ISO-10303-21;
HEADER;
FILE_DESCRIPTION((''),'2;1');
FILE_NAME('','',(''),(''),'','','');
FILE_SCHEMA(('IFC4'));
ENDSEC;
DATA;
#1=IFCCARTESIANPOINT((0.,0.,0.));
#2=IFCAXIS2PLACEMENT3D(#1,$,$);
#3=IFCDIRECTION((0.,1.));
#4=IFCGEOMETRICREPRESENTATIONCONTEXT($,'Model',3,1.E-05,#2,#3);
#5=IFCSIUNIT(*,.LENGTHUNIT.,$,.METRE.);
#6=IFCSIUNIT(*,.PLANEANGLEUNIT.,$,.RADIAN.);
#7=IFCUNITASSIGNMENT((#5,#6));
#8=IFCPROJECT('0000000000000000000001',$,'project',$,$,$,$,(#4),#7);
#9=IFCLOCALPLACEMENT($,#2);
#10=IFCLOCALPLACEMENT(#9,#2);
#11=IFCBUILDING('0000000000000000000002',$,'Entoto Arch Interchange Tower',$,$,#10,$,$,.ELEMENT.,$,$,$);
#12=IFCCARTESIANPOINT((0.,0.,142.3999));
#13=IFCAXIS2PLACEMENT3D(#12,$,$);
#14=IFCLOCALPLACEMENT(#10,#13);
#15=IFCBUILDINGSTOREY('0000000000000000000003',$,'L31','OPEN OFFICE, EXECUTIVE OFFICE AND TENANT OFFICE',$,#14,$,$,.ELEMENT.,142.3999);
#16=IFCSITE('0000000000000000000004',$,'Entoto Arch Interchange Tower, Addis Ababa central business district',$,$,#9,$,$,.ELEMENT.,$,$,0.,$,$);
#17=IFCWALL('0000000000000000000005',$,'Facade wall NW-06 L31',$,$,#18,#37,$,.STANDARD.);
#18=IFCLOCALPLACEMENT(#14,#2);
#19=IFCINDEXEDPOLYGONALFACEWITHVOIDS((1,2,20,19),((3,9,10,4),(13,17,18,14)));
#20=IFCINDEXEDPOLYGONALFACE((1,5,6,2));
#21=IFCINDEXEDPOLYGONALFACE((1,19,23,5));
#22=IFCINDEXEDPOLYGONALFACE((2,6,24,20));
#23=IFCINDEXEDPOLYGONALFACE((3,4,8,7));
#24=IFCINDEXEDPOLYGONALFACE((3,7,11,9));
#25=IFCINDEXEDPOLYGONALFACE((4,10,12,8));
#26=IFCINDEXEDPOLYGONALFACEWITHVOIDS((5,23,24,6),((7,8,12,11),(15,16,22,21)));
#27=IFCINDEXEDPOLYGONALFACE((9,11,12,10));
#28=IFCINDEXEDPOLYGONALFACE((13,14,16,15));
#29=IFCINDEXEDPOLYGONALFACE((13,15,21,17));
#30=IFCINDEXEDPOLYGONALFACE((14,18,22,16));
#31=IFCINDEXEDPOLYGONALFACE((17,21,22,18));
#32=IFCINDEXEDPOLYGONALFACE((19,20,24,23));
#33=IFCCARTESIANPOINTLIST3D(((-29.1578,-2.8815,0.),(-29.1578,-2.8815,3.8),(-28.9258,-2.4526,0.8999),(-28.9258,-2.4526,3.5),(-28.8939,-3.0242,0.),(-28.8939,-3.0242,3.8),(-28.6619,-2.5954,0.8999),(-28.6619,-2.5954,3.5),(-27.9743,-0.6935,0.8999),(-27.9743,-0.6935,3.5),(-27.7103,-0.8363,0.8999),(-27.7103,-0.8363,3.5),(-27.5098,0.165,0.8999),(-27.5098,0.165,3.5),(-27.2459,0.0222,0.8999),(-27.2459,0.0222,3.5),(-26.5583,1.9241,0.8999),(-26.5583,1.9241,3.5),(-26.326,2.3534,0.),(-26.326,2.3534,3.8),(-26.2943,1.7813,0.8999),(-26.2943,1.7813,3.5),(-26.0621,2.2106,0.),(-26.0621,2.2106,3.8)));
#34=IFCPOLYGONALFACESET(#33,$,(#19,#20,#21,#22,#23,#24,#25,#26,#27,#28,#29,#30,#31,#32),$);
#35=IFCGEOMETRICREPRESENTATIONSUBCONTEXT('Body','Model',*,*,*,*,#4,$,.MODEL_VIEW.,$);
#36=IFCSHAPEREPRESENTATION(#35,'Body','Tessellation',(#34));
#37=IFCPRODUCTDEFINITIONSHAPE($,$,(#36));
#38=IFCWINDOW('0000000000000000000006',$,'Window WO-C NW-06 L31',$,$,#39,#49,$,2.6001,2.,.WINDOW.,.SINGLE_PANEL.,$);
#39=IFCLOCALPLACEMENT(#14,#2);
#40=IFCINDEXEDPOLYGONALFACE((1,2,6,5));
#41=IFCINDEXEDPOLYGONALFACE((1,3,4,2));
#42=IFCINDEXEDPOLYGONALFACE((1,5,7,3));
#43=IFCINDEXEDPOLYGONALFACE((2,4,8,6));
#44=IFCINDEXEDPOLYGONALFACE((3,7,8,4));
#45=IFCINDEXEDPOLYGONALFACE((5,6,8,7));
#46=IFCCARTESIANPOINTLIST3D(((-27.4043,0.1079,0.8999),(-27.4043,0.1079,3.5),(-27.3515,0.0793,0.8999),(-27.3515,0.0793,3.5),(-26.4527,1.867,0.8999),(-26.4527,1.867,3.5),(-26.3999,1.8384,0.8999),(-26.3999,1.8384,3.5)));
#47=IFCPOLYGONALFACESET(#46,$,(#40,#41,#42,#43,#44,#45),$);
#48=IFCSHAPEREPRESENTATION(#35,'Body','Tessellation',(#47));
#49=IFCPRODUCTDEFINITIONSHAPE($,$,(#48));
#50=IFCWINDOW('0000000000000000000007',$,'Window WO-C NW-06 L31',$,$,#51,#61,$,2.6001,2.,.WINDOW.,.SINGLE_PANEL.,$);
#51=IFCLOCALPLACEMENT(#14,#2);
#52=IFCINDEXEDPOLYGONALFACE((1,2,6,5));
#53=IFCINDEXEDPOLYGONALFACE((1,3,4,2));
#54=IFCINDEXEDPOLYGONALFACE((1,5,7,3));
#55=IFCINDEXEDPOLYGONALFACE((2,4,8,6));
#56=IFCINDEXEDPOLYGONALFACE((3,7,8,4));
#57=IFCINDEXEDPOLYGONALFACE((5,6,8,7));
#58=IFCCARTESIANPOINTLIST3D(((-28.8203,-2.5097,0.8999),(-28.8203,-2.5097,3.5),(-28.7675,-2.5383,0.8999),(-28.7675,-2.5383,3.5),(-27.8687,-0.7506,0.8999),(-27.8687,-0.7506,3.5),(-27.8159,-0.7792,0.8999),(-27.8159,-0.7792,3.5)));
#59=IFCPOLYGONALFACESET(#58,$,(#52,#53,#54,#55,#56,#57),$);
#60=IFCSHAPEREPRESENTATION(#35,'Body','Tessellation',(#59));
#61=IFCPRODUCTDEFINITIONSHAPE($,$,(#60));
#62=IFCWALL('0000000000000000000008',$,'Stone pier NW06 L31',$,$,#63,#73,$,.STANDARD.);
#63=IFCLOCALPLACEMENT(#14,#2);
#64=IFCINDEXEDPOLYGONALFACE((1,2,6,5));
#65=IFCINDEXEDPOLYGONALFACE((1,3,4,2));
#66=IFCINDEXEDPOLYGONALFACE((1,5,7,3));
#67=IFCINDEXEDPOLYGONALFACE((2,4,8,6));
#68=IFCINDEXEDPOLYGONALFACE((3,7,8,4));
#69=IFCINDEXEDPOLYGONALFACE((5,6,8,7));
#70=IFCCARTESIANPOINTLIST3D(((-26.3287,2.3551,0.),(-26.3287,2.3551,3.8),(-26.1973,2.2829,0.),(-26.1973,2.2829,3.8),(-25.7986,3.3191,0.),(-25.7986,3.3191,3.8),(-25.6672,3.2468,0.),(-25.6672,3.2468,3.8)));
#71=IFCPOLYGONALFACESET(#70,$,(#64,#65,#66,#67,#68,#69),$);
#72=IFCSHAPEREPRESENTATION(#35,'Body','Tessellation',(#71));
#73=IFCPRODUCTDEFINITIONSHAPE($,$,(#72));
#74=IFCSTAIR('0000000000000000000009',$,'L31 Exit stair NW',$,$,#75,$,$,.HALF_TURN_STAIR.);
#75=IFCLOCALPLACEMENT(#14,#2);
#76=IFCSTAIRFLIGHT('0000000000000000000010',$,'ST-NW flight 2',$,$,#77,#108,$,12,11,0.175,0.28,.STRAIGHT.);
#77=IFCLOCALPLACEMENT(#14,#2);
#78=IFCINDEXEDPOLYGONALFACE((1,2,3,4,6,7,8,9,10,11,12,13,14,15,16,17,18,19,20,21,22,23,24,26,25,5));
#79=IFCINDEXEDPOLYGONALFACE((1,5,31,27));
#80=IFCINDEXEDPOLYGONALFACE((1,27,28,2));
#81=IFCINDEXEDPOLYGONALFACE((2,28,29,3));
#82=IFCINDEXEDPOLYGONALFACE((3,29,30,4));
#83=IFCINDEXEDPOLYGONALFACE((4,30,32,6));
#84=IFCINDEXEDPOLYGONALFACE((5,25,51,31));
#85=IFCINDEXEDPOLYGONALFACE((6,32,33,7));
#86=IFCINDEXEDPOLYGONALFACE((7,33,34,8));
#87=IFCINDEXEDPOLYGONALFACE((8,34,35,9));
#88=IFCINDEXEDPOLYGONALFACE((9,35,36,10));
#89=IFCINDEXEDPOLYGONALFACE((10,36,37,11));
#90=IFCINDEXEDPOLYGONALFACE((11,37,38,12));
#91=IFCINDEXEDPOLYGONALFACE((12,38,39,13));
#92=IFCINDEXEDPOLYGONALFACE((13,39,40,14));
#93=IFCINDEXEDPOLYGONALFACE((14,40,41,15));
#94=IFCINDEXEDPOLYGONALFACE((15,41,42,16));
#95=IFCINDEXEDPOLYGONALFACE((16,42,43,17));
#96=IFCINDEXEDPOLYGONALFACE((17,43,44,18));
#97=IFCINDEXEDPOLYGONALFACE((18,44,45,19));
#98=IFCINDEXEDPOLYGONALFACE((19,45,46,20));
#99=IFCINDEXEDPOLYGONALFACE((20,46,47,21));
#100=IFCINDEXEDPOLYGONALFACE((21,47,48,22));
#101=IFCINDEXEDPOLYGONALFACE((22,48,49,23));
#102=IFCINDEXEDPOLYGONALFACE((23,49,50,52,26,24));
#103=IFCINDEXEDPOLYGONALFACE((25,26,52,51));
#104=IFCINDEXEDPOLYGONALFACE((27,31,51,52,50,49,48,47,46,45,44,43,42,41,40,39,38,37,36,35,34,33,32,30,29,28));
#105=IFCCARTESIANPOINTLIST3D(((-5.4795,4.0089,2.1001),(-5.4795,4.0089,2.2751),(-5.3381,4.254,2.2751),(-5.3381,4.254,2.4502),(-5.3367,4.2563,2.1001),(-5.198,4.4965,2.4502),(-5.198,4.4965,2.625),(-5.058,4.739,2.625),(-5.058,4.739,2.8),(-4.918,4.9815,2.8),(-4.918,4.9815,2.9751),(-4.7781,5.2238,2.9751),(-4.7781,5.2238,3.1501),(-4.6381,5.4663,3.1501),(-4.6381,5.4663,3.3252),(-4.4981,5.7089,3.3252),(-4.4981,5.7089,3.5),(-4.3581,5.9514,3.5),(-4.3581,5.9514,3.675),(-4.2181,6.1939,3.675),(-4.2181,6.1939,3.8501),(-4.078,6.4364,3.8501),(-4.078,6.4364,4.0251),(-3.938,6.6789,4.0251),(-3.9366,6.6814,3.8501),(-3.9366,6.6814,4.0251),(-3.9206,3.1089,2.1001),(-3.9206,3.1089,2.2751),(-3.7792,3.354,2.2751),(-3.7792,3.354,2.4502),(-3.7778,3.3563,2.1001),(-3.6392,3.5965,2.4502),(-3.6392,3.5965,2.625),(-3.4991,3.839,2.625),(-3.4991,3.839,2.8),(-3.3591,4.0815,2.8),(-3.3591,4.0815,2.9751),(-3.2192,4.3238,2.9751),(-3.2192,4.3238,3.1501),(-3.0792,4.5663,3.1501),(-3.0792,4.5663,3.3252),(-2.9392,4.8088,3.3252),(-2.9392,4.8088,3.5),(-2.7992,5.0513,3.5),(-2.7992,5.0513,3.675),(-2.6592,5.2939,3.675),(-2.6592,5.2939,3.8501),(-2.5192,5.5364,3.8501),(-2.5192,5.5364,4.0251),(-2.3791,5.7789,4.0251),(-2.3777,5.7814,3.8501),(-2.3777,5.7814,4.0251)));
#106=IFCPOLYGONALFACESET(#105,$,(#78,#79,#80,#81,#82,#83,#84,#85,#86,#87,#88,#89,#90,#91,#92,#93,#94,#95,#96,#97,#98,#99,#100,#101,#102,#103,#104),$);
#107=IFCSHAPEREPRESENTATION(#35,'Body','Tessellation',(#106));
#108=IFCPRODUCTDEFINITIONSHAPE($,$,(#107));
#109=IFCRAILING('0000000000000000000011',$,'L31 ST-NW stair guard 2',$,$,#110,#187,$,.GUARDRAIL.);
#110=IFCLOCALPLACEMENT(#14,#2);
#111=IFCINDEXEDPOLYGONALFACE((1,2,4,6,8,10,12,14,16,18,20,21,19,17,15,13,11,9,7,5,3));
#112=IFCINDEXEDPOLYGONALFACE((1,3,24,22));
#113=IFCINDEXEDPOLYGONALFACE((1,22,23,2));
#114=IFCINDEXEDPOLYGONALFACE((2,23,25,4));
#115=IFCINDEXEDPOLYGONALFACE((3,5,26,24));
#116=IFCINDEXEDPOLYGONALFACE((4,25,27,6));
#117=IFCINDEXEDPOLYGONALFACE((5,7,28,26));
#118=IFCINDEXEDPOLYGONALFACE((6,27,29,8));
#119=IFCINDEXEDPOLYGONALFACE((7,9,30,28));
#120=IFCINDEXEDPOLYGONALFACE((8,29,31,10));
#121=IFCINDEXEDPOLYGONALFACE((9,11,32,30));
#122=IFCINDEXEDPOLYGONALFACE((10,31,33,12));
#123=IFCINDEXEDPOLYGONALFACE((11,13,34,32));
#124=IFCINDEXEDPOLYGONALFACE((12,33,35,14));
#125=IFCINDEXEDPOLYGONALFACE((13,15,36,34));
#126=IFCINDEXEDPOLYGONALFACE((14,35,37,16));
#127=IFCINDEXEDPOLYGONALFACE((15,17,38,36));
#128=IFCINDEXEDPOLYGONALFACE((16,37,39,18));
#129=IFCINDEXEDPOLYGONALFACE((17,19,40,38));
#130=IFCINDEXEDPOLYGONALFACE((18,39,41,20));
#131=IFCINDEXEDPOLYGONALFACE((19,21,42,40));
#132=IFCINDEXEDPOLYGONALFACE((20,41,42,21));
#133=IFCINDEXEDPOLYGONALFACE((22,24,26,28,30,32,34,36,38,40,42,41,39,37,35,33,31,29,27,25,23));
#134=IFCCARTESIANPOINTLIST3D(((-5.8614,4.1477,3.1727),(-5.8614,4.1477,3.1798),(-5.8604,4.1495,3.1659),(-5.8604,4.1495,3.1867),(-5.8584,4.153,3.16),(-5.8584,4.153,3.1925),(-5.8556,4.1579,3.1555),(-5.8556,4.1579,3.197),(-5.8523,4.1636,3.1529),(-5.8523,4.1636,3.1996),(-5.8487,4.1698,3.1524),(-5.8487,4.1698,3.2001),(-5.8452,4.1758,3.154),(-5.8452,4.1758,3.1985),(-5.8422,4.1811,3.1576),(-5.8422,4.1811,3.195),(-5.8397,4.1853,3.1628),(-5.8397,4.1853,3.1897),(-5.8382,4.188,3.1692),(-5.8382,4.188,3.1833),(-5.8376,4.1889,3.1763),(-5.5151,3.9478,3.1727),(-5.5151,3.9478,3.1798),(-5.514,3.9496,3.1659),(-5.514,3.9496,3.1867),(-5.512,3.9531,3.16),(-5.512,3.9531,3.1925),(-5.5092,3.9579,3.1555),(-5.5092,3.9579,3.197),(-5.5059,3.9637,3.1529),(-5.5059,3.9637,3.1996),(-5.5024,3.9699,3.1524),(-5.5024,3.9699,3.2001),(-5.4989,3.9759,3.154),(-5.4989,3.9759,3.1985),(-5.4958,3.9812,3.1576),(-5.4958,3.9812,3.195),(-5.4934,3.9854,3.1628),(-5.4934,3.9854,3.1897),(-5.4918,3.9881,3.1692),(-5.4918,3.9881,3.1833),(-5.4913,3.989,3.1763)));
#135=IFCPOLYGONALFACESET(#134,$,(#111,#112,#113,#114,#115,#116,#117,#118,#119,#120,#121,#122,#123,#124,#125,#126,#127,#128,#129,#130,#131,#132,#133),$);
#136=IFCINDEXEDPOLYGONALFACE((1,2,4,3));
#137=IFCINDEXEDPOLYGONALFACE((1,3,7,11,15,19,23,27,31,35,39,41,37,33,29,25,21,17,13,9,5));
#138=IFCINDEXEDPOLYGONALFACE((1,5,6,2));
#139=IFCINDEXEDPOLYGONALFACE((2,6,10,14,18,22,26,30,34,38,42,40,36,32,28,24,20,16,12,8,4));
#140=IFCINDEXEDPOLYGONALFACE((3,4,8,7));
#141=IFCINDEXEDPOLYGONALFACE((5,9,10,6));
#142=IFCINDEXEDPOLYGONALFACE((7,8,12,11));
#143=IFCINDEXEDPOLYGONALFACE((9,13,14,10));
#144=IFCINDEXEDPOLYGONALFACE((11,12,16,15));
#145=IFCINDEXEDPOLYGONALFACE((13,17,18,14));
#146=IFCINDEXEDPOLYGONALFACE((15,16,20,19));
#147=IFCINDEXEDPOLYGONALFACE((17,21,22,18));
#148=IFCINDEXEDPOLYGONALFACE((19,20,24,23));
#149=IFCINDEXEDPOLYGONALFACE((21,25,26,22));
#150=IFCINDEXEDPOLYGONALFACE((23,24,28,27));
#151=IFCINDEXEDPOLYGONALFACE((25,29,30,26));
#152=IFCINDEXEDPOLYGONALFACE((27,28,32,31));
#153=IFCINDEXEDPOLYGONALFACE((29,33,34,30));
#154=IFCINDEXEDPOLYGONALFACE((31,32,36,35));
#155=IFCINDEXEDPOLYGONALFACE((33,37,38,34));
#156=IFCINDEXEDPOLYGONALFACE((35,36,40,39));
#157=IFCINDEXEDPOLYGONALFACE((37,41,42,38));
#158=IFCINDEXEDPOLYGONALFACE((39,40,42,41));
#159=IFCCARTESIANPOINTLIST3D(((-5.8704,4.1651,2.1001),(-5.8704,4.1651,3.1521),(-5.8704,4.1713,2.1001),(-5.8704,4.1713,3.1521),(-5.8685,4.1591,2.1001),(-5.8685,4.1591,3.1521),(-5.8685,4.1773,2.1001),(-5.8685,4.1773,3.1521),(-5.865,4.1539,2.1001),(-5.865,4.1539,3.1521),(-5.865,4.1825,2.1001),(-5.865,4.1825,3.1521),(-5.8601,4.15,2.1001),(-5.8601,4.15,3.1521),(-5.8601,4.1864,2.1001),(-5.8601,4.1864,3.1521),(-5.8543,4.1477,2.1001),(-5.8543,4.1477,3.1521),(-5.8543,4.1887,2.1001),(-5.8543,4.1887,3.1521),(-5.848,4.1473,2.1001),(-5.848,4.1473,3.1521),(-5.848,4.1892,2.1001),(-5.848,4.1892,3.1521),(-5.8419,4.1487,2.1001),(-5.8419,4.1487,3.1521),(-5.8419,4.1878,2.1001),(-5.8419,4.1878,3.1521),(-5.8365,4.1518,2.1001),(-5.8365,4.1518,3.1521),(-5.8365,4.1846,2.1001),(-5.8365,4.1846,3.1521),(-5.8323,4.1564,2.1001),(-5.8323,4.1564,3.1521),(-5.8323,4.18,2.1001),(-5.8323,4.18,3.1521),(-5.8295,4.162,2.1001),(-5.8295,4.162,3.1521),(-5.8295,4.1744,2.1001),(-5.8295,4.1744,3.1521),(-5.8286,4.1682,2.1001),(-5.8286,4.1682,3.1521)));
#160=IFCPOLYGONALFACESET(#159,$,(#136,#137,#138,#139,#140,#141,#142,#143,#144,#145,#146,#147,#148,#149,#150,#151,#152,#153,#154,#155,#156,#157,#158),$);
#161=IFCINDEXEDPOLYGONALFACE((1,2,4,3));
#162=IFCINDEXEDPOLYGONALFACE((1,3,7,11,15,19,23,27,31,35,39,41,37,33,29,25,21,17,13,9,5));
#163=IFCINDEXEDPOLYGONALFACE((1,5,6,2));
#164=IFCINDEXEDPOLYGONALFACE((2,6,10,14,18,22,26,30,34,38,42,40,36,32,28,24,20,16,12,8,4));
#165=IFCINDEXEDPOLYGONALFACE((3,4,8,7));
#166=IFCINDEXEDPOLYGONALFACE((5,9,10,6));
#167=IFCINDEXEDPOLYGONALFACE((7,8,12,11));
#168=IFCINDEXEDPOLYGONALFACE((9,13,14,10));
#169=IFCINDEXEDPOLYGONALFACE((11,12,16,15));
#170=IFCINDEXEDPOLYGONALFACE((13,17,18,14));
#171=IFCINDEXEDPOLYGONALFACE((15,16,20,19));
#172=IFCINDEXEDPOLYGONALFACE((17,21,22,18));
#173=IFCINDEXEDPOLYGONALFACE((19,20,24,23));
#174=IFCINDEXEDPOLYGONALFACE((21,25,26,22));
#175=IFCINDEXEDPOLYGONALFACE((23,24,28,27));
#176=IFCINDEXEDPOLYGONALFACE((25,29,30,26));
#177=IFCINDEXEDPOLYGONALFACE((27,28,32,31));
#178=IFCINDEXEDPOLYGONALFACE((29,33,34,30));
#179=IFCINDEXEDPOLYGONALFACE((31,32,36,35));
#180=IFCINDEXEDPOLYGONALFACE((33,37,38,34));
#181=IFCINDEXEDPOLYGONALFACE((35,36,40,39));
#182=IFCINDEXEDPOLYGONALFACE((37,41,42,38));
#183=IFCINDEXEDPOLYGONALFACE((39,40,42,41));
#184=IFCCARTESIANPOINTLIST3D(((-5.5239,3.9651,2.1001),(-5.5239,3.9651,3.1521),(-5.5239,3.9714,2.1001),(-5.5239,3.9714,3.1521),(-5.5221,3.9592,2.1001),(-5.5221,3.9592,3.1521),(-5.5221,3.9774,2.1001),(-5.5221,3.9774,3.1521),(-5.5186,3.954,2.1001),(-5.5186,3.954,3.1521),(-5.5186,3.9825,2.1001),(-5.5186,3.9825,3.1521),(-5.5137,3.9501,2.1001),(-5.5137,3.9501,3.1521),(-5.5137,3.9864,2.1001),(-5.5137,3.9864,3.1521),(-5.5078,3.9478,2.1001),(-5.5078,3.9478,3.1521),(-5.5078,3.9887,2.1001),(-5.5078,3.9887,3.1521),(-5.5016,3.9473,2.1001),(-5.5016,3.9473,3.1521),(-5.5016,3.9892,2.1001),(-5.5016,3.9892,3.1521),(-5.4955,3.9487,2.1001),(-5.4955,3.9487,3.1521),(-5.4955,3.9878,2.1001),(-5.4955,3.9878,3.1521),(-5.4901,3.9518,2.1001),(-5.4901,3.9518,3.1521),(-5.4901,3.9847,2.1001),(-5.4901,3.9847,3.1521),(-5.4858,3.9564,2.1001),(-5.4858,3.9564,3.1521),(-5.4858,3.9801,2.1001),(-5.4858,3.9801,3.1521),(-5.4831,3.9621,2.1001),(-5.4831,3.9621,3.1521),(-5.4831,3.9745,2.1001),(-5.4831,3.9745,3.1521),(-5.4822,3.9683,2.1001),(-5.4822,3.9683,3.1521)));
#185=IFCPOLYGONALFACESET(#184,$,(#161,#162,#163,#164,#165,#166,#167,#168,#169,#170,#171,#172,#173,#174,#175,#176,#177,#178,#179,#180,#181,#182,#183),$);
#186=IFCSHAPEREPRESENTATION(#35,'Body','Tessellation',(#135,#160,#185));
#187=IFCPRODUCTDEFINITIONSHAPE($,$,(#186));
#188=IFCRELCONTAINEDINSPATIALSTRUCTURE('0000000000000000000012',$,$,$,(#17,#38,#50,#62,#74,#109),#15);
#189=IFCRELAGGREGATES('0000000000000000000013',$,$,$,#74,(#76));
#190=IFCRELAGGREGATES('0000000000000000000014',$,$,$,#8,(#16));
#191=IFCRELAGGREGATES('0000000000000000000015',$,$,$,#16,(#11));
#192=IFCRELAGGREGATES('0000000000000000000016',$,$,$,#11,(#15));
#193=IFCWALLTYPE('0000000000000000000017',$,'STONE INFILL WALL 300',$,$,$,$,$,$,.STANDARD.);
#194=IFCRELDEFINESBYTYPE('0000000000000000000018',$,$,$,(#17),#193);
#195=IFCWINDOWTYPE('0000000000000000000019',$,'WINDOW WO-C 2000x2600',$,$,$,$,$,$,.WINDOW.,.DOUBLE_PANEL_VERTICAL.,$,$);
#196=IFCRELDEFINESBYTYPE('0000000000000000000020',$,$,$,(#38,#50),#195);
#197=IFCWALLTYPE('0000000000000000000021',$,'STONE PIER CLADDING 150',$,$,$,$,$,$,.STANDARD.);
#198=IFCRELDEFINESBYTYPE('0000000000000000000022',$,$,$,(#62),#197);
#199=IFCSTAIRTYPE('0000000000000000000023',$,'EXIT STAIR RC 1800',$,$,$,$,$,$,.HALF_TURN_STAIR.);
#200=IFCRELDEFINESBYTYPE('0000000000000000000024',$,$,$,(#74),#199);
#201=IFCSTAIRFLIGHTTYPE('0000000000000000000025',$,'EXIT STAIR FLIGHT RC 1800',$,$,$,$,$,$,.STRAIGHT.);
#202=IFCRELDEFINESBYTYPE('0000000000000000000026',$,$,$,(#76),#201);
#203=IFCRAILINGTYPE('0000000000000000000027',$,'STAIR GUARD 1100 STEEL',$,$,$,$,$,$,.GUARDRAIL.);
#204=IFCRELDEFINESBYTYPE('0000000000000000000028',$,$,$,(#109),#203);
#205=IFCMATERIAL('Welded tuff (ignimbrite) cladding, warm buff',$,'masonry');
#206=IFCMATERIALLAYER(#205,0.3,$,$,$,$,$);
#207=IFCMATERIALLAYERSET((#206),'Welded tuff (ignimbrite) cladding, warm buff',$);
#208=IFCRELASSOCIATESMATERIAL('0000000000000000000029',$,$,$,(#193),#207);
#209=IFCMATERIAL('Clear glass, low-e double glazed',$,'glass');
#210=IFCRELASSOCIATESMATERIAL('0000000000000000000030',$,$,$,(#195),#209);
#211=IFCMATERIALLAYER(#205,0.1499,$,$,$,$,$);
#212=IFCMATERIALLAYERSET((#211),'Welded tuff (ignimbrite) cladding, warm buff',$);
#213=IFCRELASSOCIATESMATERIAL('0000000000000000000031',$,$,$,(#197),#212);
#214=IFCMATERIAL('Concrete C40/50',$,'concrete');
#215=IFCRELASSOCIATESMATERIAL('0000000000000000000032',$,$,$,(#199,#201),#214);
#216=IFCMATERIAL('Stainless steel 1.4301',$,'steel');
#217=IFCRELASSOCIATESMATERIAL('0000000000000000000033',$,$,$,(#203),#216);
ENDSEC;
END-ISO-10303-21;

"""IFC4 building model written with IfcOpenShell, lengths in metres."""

from ifc_helpers import new_model, si_unit, direction, frame, frame_2d, origin, origin_2d, place, context, subcontext, project, spatial, polyline, rectangle, circle, outline, extrude, material, layer, layer_set, type_object, element, fill, aggregate, save


model = new_model("IFC4")

# Units and contexts
model_context = context("Model", 3, precision=1e-05, world=origin(), true_north=direction((0.0, 1.0)))
body_context = subcontext(model_context, "Body", "Model", "MODEL_VIEW")
ifc_project = project(units=[si_unit("LENGTHUNIT", "METRE"), si_unit("PLANEANGLEUNIT", "RADIAN")], contexts=[model_context])

# Site, building, storey
site_placement = place(None, origin())
site = spatial("IfcSite", under=ifc_project, at=site_placement, Name="Entoto Arch Interchange Tower, Addis Ababa central business district", CompositionType="ELEMENT", RefElevation=0.0)
building_placement = place(site_placement, origin())
building = spatial("IfcBuilding", under=site, at=building_placement, Name="Entoto Arch Interchange Tower", CompositionType="ELEMENT")
storey_placement = place(building_placement, frame((0.0, 0.0, 142.3999)))
storey = spatial("IfcBuildingStorey", under=building, at=storey_placement, Name="L31", Description="OPEN OFFICE, EXECUTIVE OFFICE AND TENANT OFFICE", CompositionType="ELEMENT", Elevation=142.3999)

# Shared definitions
ifc_material_1 = material(Name="Concrete C40/50", Category="concrete")

# Wall, openings, windows
ifc_material_2 = material(Name="Welded tuff (ignimbrite) cladding, warm buff", Category="masonry")
ifc_layer_1 = layer(ifc_material_2, 0.3)
ifc_layer_set_1 = layer_set([ifc_layer_1], Name="Welded tuff (ignimbrite) cladding, warm buff")
wall_type_1 = type_object("IfcWallType", Name="STONE INFILL WALL 300", PredefinedType="STANDARD", material=ifc_layer_set_1)
wall_1_placement = place(storey_placement, frame((-26.1941, 2.282, 0.0), z_axis=(0.0, 0.0, 1.0), x_axis=(-0.475794, -0.879557, 0.0)))
wall_1 = element("IfcWall", 1, at=wall_1_placement, inside=storey, type_object=wall_type_1, Name="Facade wall NW-06 L31", PredefinedType="STANDARD", context=body_context, shape_type="SweptSolid", body=[
    extrude(rectangle(XDim=5.9517, YDim=0.3, at=frame_2d((2.9758, 0.0))), origin(), (0.0, 0.0, 1.0), 3.8),
])
opening_1_placement = place(wall_1_placement, frame((0.488, 0.0, 0.8999)))
opening_1 = element("IfcOpeningElement", 2, at=opening_1_placement, cuts=wall_1, PredefinedType="OPENING", context=body_context, shape_type="SweptSolid", body=[
    extrude(rectangle(XDim=2.0, YDim=2.6001, at=frame_2d((1.0, 1.3))), frame((0.0, 0.1602, 0.0), z_axis=(0.0, -1.0, 0.0), x_axis=(1.0, 0.0, 0.0)), (0.0, 0.0, 1.0), 0.3201),
])
opening_2_placement = place(wall_1_placement, frame((3.4641, 0.0, 0.8999)))
opening_2 = element("IfcOpeningElement", 3, at=opening_2_placement, cuts=wall_1, PredefinedType="OPENING", context=body_context, shape_type="SweptSolid", body=[
    extrude(rectangle(XDim=2.0, YDim=2.6001, at=frame_2d((1.0, 1.3))), frame((0.0, 0.1602, 0.0), z_axis=(0.0, -1.0, 0.0), x_axis=(1.0, 0.0, 0.0)), (0.0, 0.0, 1.0), 0.3201),
])
ifc_material_3 = material(Name="Clear glass, low-e double glazed", Category="glass")
window_type = type_object("IfcWindowType", Name="WINDOW WO-C 2000x2600", PartitioningType="DOUBLE_PANEL_VERTICAL", PredefinedType="WINDOW", material=ifc_material_3)
window_1_placement = place(opening_1_placement, origin())
window_1 = element("IfcWindow", 4, at=window_1_placement, inside=storey, type_object=window_type, Name="Window WO-C NW-06 L31", OverallHeight=2.6001, OverallWidth=2.0, PartitioningType="SINGLE_PANEL", PredefinedType="WINDOW", context=body_context, shape_type="SweptSolid", body=[
    extrude(rectangle(XDim=2.0, YDim=2.6001, at=frame_2d((1.0, 1.3))), frame((0.0, 0.03, 0.0), z_axis=(0.0, -1.0, 0.0), x_axis=(1.0, 0.0, 0.0)), (0.0, 0.0, 1.0), 0.0601),
])
fill(opening_1, window_1)
window_2_placement = place(opening_2_placement, origin())
window_2 = element("IfcWindow", 5, at=window_2_placement, inside=storey, type_object=window_type, Name="Window WO-C NW-06 L31", OverallHeight=2.6001, OverallWidth=2.0, PartitioningType="SINGLE_PANEL", PredefinedType="WINDOW", context=body_context, shape_type="SweptSolid", body=[
    extrude(rectangle(XDim=2.0, YDim=2.6001, at=frame_2d((1.0, 1.3))), frame((0.0, 0.03, 0.0), z_axis=(0.0, -1.0, 0.0), x_axis=(1.0, 0.0, 0.0)), (0.0, 0.0, 1.0), 0.0601),
])
fill(opening_2, window_2)

# Wall
ifc_layer_2 = layer(ifc_material_2, 0.1499)
ifc_layer_set_2 = layer_set([ifc_layer_2], Name="Welded tuff (ignimbrite) cladding, warm buff")
wall_type_2 = type_object("IfcWallType", Name="STONE PIER CLADDING 150", PredefinedType="STANDARD", material=ifc_layer_set_2)
wall_2_placement = place(storey_placement, frame((-25.7329, 3.283, 0.0), z_axis=(0.0, 0.0, 1.0), x_axis=(-0.481851, -0.876253, 0.0)))
element("IfcWall", 6, at=wall_2_placement, inside=storey, type_object=wall_type_2, Name="Stone pier NW06 L31", PredefinedType="STANDARD", context=body_context, shape_type="SweptSolid", body=[
    extrude(rectangle(XDim=1.1001, YDim=0.1499, at=frame_2d((0.55, 0.0))), origin(), (0.0, 0.0, 1.0), 3.8),
])

# Stair, stair flight
stair_type = type_object("IfcStairType", Name="EXIT STAIR RC 1800", PredefinedType="HALF_TURN_STAIR", material=ifc_material_1)
stair_placement = place(storey_placement, origin())
stair = element("IfcStair", 7, at=stair_placement, inside=storey, type_object=stair_type, Name="L31 Exit stair NW", PredefinedType="HALF_TURN_STAIR")
stair_flight_type = type_object("IfcStairFlightType", Name="EXIT STAIR FLIGHT RC 1800", PredefinedType="STRAIGHT", material=ifc_material_1)
stair_flight_placement = place(storey_placement, frame((-4.6987, 3.5615, 2.1001), z_axis=(0.0, 0.0, 1.0), x_axis=(0.5, 0.866025, 0.0)))
stair_flight = element("IfcStairFlight", 8, at=stair_flight_placement, type_object=stair_flight_type, Name="ST-NW flight 2", NumberOfRisers=12, NumberOfTreads=11, PredefinedType="STRAIGHT", RiserHeight=0.175, TreadLength=0.28, context=body_context, shape_type="SweptSolid", body=[
    extrude(outline(polyline([(-0.0029, 0.0), (-0.0029, 0.175), (0.28, 0.175), (0.28, 0.3501), (0.5601, 0.3501), (0.5601, 0.5249), (0.8401, 0.5249), (0.8401, 0.7), (1.1201, 0.7), (1.1201, 0.875), (1.3999, 0.875), (1.3999, 1.05), (1.6799, 1.05), (1.6799, 1.2251), (1.96, 1.2251), (1.96, 1.3999), (2.24, 1.3999), (2.24, 1.575), (2.52, 1.575), (2.52, 1.75), (2.8, 1.75), (2.8, 1.925), (3.0801, 1.925), (3.083, 1.925), (3.083, 1.75), (0.2827, 0.0), (-0.0029, 0.0)])), frame((0.0, 0.8999, 0.0), z_axis=(0.0, -1.0, 0.0), x_axis=(1.0, 0.0, 0.0)), (0.0, 0.0, 1.0), 1.8),
])
aggregate(stair, [stair_flight])

# Railing
ifc_material_4 = material(Name="Stainless steel 1.4301", Category="steel")
railing_type = type_object("IfcRailingType", Name="STAIR GUARD 1100 STEEL", PredefinedType="GUARDRAIL", material=ifc_material_4)
railing_1_placement = place(storey_placement, frame((-5.8496, 4.1682, 2.1001)))
element("IfcRailing", 9, at=railing_1_placement, inside=storey, type_object=railing_type, Name="L31 ST-NW stair guard 2", PredefinedType="GUARDRAIL", context=body_context, shape_type="SweptSolid", body=[
    extrude(circle(Radius=0.0239, at=origin_2d()), frame((0.0, 0.0, 1.0762), z_axis=(0.866094, -0.499881, 0.0), x_axis=(0.499881, 0.866094, 0.0)), (0.0, 0.0, 1.0), 0.3999),
    extrude(circle(Radius=0.021, at=origin_2d()), origin(), (0.0, 0.0, 1.0), 1.052),
    extrude(circle(Radius=0.021, at=origin_2d()), frame((0.3464, -0.2, 0.0)), (0.0, 0.0, 1.0), 1.052),
])

save(model, "model.ifc")
